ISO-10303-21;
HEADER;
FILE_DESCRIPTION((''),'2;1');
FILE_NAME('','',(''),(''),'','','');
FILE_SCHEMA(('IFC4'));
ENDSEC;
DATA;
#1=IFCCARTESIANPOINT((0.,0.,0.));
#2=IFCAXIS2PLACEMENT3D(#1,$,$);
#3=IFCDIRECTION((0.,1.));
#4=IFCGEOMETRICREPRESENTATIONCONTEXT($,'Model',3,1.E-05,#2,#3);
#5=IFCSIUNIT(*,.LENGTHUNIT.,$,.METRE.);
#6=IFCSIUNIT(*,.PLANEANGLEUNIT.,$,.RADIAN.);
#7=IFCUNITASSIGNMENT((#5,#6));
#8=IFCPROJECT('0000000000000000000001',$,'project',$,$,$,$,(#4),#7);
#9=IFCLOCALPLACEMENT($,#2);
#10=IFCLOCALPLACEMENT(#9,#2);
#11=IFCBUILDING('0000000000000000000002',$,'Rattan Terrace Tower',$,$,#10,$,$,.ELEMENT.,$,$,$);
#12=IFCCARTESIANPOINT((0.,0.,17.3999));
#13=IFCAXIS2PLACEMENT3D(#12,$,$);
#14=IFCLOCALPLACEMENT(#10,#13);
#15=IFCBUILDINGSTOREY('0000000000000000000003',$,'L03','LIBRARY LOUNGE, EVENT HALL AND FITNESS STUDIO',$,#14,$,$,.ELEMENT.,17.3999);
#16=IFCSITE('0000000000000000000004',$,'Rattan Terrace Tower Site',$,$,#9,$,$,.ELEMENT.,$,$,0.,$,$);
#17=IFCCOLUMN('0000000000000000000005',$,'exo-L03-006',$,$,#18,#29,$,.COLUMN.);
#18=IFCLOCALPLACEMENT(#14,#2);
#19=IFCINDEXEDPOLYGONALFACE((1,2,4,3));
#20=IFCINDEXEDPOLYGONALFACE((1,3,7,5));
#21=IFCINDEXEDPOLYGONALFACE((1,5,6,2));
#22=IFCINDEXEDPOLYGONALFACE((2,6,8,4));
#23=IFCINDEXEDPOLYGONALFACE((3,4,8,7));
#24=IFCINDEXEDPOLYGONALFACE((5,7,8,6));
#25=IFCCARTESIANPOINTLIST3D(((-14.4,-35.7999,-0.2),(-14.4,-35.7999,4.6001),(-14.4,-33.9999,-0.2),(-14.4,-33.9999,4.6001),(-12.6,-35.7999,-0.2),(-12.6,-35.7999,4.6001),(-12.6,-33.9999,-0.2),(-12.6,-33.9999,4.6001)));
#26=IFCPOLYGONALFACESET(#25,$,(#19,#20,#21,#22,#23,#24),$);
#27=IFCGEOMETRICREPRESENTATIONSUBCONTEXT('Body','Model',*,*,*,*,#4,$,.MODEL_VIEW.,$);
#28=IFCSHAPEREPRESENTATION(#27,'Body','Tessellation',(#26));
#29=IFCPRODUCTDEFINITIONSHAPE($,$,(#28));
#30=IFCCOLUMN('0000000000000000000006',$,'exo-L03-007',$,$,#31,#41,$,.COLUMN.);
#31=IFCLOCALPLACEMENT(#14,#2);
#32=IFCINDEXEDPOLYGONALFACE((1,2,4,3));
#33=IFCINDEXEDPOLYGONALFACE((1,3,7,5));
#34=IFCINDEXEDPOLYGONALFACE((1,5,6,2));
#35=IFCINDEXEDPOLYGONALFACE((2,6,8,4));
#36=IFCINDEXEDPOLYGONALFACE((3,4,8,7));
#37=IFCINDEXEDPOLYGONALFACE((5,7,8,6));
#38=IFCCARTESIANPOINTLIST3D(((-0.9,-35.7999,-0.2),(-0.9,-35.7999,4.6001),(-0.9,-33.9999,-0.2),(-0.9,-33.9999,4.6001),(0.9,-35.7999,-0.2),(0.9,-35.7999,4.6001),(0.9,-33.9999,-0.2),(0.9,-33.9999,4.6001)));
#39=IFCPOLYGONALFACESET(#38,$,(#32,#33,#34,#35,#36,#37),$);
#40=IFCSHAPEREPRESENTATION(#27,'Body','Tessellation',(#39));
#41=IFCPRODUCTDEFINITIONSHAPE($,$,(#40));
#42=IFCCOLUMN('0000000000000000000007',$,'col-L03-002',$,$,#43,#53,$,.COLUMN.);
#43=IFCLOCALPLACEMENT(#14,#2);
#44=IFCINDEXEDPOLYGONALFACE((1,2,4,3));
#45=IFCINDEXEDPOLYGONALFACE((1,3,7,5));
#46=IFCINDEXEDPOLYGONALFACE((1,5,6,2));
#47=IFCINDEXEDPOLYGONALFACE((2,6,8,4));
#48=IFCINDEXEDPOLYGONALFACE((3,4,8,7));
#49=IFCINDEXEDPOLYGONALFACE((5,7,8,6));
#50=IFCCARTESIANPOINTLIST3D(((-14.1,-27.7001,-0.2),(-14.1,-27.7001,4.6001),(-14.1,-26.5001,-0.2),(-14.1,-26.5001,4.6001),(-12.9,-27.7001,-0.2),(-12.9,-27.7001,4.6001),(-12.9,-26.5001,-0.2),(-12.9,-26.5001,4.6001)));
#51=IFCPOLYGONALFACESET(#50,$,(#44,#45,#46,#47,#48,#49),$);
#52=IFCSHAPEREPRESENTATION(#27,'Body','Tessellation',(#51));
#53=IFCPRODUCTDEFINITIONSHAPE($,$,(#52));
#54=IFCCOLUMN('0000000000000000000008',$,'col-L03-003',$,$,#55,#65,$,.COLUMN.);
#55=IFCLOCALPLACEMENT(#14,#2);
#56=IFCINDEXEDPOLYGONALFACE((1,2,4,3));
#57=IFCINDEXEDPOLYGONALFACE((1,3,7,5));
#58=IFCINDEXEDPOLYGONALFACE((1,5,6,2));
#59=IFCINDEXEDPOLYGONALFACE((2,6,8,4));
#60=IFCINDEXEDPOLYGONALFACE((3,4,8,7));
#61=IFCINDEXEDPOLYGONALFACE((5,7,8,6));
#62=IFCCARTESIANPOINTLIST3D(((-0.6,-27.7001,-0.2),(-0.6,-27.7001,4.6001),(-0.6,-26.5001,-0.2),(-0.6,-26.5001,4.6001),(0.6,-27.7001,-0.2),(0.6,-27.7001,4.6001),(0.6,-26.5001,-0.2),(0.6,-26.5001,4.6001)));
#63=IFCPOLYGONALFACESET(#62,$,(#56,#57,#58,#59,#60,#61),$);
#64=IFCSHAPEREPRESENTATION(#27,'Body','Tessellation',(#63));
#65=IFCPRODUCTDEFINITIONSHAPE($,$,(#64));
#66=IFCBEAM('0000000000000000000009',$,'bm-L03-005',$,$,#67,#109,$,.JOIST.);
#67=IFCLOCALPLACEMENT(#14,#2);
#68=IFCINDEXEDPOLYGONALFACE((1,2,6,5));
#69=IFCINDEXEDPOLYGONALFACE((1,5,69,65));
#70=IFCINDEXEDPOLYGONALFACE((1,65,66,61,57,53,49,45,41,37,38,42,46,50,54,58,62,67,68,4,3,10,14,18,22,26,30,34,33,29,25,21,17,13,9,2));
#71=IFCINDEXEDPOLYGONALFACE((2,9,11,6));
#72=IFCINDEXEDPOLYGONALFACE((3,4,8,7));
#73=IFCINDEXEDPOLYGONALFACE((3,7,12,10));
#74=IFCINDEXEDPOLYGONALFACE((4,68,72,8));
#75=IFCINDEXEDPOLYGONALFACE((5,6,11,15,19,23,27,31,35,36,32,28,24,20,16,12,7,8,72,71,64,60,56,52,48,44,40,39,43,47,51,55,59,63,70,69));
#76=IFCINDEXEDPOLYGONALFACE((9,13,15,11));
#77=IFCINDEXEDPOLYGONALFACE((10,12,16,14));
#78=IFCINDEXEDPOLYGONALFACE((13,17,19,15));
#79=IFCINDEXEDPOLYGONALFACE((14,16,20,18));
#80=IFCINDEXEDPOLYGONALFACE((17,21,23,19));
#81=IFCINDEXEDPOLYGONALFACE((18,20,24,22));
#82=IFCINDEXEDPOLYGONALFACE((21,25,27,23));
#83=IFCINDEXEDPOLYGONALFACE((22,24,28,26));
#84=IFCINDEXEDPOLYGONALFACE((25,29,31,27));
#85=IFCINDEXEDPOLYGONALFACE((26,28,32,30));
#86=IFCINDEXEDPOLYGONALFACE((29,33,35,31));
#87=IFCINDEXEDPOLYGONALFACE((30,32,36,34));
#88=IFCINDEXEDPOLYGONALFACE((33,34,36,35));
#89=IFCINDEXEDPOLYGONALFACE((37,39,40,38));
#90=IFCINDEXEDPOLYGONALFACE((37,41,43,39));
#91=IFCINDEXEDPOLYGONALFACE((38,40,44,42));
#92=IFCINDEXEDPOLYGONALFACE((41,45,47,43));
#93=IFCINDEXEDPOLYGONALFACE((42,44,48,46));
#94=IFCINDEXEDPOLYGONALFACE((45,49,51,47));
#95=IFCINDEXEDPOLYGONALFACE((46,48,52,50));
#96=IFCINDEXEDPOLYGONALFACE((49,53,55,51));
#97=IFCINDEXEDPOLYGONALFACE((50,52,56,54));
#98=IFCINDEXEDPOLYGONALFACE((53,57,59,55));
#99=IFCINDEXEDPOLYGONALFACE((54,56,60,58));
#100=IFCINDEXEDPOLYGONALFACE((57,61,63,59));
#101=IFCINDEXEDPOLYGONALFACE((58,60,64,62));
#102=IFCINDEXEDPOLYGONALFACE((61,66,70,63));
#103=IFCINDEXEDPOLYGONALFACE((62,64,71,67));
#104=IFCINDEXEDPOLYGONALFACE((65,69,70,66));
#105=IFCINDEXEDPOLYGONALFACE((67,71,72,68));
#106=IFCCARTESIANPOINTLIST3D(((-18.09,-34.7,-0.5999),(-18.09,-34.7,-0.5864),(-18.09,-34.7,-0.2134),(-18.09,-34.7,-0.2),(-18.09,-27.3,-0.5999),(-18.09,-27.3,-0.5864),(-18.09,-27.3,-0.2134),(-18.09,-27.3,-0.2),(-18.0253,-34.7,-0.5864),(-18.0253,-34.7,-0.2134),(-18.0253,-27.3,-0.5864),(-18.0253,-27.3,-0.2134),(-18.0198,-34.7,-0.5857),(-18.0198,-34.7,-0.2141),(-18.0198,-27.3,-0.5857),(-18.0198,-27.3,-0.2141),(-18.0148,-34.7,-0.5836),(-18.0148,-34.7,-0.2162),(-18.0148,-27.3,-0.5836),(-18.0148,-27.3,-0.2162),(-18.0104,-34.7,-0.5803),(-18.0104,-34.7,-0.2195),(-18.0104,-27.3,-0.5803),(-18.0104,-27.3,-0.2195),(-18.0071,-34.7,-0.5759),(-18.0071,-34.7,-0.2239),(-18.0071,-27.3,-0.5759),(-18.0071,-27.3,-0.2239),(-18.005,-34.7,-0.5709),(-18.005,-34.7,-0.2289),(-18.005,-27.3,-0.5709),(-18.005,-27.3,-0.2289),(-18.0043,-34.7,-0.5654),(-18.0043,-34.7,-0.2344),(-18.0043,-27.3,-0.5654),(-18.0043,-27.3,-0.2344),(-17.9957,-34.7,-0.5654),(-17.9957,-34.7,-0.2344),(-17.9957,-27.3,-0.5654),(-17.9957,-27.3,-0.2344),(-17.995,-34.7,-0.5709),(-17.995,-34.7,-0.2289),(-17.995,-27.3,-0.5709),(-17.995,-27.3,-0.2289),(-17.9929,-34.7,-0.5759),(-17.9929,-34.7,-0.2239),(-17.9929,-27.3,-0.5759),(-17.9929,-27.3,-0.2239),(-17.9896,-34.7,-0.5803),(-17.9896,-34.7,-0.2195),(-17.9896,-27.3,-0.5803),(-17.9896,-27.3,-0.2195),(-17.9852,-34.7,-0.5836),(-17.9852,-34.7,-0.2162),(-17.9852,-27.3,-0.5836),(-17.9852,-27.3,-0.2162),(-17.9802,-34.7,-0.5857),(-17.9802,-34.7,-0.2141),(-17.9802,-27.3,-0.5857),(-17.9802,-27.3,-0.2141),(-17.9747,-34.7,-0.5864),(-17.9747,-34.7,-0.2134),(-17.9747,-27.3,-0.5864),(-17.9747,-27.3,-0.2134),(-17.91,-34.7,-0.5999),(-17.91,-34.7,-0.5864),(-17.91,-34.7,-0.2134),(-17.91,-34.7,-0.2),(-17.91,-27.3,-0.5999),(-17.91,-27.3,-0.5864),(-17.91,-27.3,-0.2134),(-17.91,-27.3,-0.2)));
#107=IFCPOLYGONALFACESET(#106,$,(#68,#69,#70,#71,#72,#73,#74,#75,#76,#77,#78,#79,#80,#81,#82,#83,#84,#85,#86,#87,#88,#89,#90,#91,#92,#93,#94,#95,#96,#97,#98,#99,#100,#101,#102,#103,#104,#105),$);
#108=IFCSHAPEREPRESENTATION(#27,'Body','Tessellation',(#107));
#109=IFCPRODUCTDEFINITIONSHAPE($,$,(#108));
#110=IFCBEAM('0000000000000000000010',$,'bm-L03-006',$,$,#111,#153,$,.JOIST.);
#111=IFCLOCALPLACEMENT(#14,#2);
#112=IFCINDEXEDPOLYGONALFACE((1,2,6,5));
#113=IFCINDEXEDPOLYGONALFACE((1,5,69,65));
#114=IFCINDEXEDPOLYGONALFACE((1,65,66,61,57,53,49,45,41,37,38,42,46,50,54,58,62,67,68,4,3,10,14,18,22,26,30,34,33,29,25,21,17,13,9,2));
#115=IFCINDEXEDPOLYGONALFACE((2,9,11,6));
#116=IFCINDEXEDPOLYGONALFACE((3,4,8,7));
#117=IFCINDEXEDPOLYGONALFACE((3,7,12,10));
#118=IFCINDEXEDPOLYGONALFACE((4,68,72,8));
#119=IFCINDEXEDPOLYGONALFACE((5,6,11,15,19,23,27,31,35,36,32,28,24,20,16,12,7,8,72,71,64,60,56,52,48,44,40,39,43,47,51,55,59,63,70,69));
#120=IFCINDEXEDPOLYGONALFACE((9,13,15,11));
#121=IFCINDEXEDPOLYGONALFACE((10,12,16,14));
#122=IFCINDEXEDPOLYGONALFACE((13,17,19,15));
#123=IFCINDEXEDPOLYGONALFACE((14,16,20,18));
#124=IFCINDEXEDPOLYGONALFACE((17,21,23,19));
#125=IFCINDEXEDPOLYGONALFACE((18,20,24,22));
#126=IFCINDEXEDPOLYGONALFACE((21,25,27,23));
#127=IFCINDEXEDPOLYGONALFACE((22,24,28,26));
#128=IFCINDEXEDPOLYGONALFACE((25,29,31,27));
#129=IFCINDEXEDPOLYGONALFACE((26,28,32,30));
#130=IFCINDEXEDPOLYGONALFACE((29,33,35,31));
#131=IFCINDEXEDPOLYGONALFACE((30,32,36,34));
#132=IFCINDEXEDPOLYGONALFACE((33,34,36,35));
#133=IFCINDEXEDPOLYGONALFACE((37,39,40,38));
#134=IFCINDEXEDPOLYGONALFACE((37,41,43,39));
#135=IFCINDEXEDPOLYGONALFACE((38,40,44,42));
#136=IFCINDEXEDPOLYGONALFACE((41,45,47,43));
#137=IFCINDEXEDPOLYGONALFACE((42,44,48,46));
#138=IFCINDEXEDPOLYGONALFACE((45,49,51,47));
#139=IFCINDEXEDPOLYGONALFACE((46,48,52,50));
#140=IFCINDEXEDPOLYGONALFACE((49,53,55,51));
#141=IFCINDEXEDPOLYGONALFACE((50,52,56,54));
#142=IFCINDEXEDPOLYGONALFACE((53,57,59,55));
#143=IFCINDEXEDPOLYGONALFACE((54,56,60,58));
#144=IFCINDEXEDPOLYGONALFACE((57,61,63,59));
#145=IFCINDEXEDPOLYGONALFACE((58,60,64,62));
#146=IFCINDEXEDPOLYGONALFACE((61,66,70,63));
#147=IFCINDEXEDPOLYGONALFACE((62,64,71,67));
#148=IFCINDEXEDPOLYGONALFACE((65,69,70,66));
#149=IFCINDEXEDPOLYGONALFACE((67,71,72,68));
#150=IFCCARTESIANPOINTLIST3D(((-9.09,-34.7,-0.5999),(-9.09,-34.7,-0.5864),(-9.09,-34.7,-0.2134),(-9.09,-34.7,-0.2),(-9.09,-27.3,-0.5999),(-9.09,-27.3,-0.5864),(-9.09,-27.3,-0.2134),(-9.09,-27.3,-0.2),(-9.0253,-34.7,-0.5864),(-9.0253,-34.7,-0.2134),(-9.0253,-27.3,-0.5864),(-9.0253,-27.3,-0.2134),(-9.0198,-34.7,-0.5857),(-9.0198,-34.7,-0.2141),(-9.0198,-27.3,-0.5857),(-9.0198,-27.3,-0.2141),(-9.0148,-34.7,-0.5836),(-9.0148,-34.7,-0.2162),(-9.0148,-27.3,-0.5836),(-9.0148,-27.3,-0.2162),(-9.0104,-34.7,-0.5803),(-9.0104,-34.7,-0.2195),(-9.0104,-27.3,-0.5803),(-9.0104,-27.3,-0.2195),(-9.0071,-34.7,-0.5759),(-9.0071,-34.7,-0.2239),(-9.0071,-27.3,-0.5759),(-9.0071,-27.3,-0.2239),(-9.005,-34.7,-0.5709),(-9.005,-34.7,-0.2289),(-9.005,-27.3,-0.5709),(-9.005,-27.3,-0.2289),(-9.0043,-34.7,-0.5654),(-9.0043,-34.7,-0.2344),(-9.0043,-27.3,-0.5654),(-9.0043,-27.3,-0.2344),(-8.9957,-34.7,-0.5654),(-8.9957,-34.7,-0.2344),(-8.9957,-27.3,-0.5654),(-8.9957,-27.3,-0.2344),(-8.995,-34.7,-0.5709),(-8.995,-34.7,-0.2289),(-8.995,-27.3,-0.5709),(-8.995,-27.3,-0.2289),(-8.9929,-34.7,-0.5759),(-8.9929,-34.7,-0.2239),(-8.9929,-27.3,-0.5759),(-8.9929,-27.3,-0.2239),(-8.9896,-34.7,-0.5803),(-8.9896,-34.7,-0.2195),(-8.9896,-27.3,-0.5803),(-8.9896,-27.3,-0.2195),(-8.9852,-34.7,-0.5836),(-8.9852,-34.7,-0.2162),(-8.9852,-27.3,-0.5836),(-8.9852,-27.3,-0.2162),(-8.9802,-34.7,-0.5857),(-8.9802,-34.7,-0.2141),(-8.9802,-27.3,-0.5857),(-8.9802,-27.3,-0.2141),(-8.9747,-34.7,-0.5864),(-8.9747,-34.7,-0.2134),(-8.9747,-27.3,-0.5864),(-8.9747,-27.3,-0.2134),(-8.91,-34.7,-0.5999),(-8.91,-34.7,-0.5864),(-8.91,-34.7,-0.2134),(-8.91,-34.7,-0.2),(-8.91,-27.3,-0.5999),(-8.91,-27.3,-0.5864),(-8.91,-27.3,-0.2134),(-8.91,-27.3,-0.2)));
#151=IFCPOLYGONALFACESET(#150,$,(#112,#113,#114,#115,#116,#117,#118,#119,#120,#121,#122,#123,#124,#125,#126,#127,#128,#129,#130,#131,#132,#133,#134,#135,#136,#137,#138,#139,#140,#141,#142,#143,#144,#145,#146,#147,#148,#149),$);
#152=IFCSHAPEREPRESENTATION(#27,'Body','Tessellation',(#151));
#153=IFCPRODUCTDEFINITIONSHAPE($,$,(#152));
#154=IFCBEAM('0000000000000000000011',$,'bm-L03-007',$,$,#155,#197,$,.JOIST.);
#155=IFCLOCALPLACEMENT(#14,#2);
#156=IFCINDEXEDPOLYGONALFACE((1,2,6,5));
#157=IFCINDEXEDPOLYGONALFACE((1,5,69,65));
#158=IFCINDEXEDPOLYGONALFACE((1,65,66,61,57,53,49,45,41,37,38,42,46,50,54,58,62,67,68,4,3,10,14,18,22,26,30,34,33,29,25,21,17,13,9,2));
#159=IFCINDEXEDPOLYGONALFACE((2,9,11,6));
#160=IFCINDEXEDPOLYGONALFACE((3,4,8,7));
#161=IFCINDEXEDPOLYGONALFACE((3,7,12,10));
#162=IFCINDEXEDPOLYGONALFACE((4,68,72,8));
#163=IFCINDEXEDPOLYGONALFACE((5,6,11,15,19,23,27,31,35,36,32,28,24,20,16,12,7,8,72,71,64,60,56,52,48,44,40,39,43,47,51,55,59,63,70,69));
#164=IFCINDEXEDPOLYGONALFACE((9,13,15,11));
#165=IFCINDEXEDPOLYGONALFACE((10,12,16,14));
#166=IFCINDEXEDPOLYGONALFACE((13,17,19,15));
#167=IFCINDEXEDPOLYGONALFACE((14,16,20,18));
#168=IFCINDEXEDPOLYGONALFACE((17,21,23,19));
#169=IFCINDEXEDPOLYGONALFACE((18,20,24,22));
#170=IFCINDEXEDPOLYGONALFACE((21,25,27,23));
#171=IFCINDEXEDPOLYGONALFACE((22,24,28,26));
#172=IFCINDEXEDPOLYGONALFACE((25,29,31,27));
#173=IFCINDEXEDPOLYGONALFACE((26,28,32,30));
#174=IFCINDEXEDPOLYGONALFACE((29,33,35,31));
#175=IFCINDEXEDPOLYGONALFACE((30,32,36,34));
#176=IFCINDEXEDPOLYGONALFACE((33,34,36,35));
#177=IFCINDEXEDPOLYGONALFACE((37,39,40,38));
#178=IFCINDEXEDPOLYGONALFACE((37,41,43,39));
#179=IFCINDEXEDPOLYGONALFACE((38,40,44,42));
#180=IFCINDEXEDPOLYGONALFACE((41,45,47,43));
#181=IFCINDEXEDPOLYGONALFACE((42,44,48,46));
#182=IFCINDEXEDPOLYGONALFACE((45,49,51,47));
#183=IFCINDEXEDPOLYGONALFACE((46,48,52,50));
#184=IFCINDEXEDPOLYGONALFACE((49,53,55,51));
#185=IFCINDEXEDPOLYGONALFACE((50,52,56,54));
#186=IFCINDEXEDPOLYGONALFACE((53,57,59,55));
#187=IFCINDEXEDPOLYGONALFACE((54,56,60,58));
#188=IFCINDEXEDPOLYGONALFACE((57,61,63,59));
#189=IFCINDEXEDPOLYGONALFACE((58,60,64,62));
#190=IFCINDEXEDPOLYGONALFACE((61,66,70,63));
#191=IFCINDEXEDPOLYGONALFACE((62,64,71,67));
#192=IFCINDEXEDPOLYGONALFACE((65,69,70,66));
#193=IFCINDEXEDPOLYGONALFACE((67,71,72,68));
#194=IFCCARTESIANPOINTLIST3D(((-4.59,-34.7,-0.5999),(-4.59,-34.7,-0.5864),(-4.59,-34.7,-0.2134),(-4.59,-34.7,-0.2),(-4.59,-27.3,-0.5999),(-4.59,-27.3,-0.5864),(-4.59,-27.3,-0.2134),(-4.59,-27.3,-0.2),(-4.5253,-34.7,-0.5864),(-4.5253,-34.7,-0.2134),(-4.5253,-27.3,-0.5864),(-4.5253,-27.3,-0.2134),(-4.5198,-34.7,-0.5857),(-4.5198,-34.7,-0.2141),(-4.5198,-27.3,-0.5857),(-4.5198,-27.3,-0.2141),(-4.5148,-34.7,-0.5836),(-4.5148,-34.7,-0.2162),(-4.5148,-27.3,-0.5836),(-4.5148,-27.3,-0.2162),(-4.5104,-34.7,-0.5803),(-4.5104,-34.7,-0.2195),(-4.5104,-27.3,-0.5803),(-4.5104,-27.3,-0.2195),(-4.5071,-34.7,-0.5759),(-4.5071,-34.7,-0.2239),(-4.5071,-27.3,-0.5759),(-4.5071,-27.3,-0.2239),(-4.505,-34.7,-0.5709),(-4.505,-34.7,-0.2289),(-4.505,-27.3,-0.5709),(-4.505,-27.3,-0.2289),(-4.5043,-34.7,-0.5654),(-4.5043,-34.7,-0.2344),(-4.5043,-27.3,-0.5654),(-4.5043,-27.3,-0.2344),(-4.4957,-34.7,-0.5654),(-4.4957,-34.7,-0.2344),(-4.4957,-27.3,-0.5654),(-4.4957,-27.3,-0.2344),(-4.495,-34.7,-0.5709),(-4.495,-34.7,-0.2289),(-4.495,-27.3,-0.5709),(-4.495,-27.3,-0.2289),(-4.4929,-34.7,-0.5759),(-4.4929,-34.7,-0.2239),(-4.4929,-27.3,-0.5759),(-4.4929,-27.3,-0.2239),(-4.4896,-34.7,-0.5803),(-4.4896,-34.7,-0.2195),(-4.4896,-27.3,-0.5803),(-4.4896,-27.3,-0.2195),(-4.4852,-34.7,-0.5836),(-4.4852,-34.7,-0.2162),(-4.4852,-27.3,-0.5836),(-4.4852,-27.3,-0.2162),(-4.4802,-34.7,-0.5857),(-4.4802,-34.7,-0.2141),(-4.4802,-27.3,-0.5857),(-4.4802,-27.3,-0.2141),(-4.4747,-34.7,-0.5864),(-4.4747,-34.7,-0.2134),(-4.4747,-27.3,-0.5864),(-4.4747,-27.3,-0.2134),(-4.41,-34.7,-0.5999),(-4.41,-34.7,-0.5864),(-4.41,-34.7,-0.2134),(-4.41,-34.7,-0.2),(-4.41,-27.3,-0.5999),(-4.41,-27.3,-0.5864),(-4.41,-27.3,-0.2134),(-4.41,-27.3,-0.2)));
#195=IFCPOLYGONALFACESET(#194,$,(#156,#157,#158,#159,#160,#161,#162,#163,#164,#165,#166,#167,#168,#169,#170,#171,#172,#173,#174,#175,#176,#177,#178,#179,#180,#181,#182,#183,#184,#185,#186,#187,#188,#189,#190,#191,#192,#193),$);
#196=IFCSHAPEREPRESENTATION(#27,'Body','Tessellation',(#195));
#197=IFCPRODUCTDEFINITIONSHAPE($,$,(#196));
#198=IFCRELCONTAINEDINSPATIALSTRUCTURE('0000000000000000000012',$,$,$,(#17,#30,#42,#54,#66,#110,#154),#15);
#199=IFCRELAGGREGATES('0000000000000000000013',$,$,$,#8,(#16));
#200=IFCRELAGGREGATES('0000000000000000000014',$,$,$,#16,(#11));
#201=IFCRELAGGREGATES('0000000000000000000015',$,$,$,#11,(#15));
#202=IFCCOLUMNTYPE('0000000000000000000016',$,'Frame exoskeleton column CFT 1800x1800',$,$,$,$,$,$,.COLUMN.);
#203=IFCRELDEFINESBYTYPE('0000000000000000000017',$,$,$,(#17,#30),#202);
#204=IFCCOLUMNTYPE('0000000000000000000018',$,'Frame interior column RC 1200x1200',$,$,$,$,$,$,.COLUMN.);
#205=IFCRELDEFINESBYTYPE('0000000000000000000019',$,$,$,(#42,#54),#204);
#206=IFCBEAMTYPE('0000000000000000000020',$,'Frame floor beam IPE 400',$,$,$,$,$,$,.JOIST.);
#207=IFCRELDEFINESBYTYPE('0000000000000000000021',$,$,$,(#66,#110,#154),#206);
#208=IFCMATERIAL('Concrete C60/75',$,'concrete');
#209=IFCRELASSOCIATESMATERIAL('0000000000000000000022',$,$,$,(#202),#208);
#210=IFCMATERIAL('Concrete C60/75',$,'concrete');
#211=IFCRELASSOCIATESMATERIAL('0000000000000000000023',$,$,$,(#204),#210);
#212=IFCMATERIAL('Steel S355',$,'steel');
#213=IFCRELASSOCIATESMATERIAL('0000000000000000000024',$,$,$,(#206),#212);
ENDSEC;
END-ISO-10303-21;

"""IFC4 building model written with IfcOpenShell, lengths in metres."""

from ifc_helpers import new_model, si_unit, direction, frame, origin, origin_2d, place, context, subcontext, project, spatial, rectangle, i_section, extrude, material, material_profile, profile_set, type_object, element, save


model = new_model("IFC4")

# Units and contexts
model_context = context("Model", 3, precision=1e-05, world=origin(), true_north=direction((0.0, 1.0)))
body_context = subcontext(model_context, "Body", "Model", "MODEL_VIEW")
ifc_project = project(units=[si_unit("LENGTHUNIT", "METRE"), si_unit("PLANEANGLEUNIT", "RADIAN")], contexts=[model_context])

# Site, building, storey
site_placement = place(None, origin())
site = spatial("IfcSite", under=ifc_project, at=site_placement, Name="Rattan Terrace Tower Site", CompositionType="ELEMENT", RefElevation=0.0)
building_placement = place(site_placement, origin())
building = spatial("IfcBuilding", under=site, at=building_placement, Name="Rattan Terrace Tower", CompositionType="ELEMENT")
storey_placement = place(building_placement, frame((0.0, 0.0, 17.3999)))
storey = spatial("IfcBuildingStorey", under=building, at=storey_placement, Name="L03", Description="LIBRARY LOUNGE, EVENT HALL AND FITNESS STUDIO", CompositionType="ELEMENT", Elevation=17.3999)

# Columns
ifc_material_1 = material(Name="Concrete C60/75", Category="concrete")
ifc_material_profile_1 = material_profile(ifc_material_1, rectangle(XDim=1.8, YDim=1.8, at=origin_2d()), Name="CFT 1800x1800")
ifc_profile_set_1 = profile_set([ifc_material_profile_1], Name="Concrete C60/75")
column_type_1 = type_object("IfcColumnType", Name="Frame exoskeleton column CFT 1800x1800", PredefinedType="COLUMN", material=ifc_profile_set_1)
for number, where, z_axis, x_axis, name in (
    (1, (-13.5, -34.8999, -0.2), (0.0, 0.0, 1.0), (1.0, 0.0, 0.0), "exo-L03-006"),
    (2, (0.0, -34.8999, -0.2), (0.0, 0.0, 1.0), (1.0, 0.0, 0.0), "exo-L03-007"),
):
    element("IfcColumn", number, at=place(storey_placement, frame(where, z_axis=z_axis, x_axis=x_axis)), inside=storey, type_object=column_type_1, Name=name, PredefinedType="COLUMN", context=body_context, shape_type="SweptSolid", body=[
        extrude(rectangle(XDim=1.8, YDim=1.8, at=origin_2d()), origin(), (0.0, 0.0, 1.0), 4.8),
    ])
ifc_material_2 = material(Name="Concrete C60/75", Category="concrete")
ifc_material_profile_2 = material_profile(ifc_material_2, rectangle(XDim=1.2, YDim=1.2, at=origin_2d()), Name="RC 1200x1200")
ifc_profile_set_2 = profile_set([ifc_material_profile_2], Name="Concrete C60/75")
column_type_2 = type_object("IfcColumnType", Name="Frame interior column RC 1200x1200", PredefinedType="COLUMN", material=ifc_profile_set_2)
for number, where, z_axis, x_axis, name in (
    (3, (-13.5, -27.1001, -0.2), (0.0, 0.0, 1.0), (1.0, 0.0, 0.0), "col-L03-002"),
    (4, (0.0, -27.1001, -0.2), (0.0, 0.0, 1.0), (1.0, 0.0, 0.0), "col-L03-003"),
):
    element("IfcColumn", number, at=place(storey_placement, frame(where, z_axis=z_axis, x_axis=x_axis)), inside=storey, type_object=column_type_2, Name=name, PredefinedType="COLUMN", context=body_context, shape_type="SweptSolid", body=[
        extrude(rectangle(XDim=1.2, YDim=1.2, at=origin_2d()), origin(), (0.0, 0.0, 1.0), 4.8),
    ])

# Beams
ifc_material_3 = material(Name="Steel S355", Category="steel")
ifc_material_profile_3 = material_profile(ifc_material_3, i_section(OverallWidth=0.1799, OverallDepth=0.3999, WebThickness=0.0085, FlangeThickness=0.0134, FilletRadius=0.021, at=origin_2d()), Name="IPE 400")
ifc_profile_set_3 = profile_set([ifc_material_profile_3], Name="Steel S355")
beam_type_1 = type_object("IfcBeamType", Name="Frame floor beam IPE 400", PredefinedType="JOIST", material=ifc_profile_set_3)
for number, where, z_axis, x_axis, name in (
    (5, (-18.0, -34.7, -0.3999), (0.0, 1.0, 0.0), (-1.0, 0.0, 0.0), "bm-L03-005"),
    (6, (-9.0, -34.7, -0.3999), (0.0, 1.0, 0.0), (-1.0, 0.0, 0.0), "bm-L03-006"),
    (7, (-4.5, -34.7, -0.3999), (0.0, 1.0, 0.0), (-1.0, 0.0, 0.0), "bm-L03-007"),
):
    element("IfcBeam", number, at=place(storey_placement, frame(where, z_axis=z_axis, x_axis=x_axis)), inside=storey, type_object=beam_type_1, Name=name, PredefinedType="JOIST", context=body_context, shape_type="SweptSolid", body=[
        extrude(i_section(OverallWidth=0.1799, OverallDepth=0.3999, WebThickness=0.0085, FlangeThickness=0.0134, FilletRadius=0.021, at=origin_2d()), origin(), (0.0, 0.0, 1.0), 7.3999),
    ])

save(model, "model.ifc")
